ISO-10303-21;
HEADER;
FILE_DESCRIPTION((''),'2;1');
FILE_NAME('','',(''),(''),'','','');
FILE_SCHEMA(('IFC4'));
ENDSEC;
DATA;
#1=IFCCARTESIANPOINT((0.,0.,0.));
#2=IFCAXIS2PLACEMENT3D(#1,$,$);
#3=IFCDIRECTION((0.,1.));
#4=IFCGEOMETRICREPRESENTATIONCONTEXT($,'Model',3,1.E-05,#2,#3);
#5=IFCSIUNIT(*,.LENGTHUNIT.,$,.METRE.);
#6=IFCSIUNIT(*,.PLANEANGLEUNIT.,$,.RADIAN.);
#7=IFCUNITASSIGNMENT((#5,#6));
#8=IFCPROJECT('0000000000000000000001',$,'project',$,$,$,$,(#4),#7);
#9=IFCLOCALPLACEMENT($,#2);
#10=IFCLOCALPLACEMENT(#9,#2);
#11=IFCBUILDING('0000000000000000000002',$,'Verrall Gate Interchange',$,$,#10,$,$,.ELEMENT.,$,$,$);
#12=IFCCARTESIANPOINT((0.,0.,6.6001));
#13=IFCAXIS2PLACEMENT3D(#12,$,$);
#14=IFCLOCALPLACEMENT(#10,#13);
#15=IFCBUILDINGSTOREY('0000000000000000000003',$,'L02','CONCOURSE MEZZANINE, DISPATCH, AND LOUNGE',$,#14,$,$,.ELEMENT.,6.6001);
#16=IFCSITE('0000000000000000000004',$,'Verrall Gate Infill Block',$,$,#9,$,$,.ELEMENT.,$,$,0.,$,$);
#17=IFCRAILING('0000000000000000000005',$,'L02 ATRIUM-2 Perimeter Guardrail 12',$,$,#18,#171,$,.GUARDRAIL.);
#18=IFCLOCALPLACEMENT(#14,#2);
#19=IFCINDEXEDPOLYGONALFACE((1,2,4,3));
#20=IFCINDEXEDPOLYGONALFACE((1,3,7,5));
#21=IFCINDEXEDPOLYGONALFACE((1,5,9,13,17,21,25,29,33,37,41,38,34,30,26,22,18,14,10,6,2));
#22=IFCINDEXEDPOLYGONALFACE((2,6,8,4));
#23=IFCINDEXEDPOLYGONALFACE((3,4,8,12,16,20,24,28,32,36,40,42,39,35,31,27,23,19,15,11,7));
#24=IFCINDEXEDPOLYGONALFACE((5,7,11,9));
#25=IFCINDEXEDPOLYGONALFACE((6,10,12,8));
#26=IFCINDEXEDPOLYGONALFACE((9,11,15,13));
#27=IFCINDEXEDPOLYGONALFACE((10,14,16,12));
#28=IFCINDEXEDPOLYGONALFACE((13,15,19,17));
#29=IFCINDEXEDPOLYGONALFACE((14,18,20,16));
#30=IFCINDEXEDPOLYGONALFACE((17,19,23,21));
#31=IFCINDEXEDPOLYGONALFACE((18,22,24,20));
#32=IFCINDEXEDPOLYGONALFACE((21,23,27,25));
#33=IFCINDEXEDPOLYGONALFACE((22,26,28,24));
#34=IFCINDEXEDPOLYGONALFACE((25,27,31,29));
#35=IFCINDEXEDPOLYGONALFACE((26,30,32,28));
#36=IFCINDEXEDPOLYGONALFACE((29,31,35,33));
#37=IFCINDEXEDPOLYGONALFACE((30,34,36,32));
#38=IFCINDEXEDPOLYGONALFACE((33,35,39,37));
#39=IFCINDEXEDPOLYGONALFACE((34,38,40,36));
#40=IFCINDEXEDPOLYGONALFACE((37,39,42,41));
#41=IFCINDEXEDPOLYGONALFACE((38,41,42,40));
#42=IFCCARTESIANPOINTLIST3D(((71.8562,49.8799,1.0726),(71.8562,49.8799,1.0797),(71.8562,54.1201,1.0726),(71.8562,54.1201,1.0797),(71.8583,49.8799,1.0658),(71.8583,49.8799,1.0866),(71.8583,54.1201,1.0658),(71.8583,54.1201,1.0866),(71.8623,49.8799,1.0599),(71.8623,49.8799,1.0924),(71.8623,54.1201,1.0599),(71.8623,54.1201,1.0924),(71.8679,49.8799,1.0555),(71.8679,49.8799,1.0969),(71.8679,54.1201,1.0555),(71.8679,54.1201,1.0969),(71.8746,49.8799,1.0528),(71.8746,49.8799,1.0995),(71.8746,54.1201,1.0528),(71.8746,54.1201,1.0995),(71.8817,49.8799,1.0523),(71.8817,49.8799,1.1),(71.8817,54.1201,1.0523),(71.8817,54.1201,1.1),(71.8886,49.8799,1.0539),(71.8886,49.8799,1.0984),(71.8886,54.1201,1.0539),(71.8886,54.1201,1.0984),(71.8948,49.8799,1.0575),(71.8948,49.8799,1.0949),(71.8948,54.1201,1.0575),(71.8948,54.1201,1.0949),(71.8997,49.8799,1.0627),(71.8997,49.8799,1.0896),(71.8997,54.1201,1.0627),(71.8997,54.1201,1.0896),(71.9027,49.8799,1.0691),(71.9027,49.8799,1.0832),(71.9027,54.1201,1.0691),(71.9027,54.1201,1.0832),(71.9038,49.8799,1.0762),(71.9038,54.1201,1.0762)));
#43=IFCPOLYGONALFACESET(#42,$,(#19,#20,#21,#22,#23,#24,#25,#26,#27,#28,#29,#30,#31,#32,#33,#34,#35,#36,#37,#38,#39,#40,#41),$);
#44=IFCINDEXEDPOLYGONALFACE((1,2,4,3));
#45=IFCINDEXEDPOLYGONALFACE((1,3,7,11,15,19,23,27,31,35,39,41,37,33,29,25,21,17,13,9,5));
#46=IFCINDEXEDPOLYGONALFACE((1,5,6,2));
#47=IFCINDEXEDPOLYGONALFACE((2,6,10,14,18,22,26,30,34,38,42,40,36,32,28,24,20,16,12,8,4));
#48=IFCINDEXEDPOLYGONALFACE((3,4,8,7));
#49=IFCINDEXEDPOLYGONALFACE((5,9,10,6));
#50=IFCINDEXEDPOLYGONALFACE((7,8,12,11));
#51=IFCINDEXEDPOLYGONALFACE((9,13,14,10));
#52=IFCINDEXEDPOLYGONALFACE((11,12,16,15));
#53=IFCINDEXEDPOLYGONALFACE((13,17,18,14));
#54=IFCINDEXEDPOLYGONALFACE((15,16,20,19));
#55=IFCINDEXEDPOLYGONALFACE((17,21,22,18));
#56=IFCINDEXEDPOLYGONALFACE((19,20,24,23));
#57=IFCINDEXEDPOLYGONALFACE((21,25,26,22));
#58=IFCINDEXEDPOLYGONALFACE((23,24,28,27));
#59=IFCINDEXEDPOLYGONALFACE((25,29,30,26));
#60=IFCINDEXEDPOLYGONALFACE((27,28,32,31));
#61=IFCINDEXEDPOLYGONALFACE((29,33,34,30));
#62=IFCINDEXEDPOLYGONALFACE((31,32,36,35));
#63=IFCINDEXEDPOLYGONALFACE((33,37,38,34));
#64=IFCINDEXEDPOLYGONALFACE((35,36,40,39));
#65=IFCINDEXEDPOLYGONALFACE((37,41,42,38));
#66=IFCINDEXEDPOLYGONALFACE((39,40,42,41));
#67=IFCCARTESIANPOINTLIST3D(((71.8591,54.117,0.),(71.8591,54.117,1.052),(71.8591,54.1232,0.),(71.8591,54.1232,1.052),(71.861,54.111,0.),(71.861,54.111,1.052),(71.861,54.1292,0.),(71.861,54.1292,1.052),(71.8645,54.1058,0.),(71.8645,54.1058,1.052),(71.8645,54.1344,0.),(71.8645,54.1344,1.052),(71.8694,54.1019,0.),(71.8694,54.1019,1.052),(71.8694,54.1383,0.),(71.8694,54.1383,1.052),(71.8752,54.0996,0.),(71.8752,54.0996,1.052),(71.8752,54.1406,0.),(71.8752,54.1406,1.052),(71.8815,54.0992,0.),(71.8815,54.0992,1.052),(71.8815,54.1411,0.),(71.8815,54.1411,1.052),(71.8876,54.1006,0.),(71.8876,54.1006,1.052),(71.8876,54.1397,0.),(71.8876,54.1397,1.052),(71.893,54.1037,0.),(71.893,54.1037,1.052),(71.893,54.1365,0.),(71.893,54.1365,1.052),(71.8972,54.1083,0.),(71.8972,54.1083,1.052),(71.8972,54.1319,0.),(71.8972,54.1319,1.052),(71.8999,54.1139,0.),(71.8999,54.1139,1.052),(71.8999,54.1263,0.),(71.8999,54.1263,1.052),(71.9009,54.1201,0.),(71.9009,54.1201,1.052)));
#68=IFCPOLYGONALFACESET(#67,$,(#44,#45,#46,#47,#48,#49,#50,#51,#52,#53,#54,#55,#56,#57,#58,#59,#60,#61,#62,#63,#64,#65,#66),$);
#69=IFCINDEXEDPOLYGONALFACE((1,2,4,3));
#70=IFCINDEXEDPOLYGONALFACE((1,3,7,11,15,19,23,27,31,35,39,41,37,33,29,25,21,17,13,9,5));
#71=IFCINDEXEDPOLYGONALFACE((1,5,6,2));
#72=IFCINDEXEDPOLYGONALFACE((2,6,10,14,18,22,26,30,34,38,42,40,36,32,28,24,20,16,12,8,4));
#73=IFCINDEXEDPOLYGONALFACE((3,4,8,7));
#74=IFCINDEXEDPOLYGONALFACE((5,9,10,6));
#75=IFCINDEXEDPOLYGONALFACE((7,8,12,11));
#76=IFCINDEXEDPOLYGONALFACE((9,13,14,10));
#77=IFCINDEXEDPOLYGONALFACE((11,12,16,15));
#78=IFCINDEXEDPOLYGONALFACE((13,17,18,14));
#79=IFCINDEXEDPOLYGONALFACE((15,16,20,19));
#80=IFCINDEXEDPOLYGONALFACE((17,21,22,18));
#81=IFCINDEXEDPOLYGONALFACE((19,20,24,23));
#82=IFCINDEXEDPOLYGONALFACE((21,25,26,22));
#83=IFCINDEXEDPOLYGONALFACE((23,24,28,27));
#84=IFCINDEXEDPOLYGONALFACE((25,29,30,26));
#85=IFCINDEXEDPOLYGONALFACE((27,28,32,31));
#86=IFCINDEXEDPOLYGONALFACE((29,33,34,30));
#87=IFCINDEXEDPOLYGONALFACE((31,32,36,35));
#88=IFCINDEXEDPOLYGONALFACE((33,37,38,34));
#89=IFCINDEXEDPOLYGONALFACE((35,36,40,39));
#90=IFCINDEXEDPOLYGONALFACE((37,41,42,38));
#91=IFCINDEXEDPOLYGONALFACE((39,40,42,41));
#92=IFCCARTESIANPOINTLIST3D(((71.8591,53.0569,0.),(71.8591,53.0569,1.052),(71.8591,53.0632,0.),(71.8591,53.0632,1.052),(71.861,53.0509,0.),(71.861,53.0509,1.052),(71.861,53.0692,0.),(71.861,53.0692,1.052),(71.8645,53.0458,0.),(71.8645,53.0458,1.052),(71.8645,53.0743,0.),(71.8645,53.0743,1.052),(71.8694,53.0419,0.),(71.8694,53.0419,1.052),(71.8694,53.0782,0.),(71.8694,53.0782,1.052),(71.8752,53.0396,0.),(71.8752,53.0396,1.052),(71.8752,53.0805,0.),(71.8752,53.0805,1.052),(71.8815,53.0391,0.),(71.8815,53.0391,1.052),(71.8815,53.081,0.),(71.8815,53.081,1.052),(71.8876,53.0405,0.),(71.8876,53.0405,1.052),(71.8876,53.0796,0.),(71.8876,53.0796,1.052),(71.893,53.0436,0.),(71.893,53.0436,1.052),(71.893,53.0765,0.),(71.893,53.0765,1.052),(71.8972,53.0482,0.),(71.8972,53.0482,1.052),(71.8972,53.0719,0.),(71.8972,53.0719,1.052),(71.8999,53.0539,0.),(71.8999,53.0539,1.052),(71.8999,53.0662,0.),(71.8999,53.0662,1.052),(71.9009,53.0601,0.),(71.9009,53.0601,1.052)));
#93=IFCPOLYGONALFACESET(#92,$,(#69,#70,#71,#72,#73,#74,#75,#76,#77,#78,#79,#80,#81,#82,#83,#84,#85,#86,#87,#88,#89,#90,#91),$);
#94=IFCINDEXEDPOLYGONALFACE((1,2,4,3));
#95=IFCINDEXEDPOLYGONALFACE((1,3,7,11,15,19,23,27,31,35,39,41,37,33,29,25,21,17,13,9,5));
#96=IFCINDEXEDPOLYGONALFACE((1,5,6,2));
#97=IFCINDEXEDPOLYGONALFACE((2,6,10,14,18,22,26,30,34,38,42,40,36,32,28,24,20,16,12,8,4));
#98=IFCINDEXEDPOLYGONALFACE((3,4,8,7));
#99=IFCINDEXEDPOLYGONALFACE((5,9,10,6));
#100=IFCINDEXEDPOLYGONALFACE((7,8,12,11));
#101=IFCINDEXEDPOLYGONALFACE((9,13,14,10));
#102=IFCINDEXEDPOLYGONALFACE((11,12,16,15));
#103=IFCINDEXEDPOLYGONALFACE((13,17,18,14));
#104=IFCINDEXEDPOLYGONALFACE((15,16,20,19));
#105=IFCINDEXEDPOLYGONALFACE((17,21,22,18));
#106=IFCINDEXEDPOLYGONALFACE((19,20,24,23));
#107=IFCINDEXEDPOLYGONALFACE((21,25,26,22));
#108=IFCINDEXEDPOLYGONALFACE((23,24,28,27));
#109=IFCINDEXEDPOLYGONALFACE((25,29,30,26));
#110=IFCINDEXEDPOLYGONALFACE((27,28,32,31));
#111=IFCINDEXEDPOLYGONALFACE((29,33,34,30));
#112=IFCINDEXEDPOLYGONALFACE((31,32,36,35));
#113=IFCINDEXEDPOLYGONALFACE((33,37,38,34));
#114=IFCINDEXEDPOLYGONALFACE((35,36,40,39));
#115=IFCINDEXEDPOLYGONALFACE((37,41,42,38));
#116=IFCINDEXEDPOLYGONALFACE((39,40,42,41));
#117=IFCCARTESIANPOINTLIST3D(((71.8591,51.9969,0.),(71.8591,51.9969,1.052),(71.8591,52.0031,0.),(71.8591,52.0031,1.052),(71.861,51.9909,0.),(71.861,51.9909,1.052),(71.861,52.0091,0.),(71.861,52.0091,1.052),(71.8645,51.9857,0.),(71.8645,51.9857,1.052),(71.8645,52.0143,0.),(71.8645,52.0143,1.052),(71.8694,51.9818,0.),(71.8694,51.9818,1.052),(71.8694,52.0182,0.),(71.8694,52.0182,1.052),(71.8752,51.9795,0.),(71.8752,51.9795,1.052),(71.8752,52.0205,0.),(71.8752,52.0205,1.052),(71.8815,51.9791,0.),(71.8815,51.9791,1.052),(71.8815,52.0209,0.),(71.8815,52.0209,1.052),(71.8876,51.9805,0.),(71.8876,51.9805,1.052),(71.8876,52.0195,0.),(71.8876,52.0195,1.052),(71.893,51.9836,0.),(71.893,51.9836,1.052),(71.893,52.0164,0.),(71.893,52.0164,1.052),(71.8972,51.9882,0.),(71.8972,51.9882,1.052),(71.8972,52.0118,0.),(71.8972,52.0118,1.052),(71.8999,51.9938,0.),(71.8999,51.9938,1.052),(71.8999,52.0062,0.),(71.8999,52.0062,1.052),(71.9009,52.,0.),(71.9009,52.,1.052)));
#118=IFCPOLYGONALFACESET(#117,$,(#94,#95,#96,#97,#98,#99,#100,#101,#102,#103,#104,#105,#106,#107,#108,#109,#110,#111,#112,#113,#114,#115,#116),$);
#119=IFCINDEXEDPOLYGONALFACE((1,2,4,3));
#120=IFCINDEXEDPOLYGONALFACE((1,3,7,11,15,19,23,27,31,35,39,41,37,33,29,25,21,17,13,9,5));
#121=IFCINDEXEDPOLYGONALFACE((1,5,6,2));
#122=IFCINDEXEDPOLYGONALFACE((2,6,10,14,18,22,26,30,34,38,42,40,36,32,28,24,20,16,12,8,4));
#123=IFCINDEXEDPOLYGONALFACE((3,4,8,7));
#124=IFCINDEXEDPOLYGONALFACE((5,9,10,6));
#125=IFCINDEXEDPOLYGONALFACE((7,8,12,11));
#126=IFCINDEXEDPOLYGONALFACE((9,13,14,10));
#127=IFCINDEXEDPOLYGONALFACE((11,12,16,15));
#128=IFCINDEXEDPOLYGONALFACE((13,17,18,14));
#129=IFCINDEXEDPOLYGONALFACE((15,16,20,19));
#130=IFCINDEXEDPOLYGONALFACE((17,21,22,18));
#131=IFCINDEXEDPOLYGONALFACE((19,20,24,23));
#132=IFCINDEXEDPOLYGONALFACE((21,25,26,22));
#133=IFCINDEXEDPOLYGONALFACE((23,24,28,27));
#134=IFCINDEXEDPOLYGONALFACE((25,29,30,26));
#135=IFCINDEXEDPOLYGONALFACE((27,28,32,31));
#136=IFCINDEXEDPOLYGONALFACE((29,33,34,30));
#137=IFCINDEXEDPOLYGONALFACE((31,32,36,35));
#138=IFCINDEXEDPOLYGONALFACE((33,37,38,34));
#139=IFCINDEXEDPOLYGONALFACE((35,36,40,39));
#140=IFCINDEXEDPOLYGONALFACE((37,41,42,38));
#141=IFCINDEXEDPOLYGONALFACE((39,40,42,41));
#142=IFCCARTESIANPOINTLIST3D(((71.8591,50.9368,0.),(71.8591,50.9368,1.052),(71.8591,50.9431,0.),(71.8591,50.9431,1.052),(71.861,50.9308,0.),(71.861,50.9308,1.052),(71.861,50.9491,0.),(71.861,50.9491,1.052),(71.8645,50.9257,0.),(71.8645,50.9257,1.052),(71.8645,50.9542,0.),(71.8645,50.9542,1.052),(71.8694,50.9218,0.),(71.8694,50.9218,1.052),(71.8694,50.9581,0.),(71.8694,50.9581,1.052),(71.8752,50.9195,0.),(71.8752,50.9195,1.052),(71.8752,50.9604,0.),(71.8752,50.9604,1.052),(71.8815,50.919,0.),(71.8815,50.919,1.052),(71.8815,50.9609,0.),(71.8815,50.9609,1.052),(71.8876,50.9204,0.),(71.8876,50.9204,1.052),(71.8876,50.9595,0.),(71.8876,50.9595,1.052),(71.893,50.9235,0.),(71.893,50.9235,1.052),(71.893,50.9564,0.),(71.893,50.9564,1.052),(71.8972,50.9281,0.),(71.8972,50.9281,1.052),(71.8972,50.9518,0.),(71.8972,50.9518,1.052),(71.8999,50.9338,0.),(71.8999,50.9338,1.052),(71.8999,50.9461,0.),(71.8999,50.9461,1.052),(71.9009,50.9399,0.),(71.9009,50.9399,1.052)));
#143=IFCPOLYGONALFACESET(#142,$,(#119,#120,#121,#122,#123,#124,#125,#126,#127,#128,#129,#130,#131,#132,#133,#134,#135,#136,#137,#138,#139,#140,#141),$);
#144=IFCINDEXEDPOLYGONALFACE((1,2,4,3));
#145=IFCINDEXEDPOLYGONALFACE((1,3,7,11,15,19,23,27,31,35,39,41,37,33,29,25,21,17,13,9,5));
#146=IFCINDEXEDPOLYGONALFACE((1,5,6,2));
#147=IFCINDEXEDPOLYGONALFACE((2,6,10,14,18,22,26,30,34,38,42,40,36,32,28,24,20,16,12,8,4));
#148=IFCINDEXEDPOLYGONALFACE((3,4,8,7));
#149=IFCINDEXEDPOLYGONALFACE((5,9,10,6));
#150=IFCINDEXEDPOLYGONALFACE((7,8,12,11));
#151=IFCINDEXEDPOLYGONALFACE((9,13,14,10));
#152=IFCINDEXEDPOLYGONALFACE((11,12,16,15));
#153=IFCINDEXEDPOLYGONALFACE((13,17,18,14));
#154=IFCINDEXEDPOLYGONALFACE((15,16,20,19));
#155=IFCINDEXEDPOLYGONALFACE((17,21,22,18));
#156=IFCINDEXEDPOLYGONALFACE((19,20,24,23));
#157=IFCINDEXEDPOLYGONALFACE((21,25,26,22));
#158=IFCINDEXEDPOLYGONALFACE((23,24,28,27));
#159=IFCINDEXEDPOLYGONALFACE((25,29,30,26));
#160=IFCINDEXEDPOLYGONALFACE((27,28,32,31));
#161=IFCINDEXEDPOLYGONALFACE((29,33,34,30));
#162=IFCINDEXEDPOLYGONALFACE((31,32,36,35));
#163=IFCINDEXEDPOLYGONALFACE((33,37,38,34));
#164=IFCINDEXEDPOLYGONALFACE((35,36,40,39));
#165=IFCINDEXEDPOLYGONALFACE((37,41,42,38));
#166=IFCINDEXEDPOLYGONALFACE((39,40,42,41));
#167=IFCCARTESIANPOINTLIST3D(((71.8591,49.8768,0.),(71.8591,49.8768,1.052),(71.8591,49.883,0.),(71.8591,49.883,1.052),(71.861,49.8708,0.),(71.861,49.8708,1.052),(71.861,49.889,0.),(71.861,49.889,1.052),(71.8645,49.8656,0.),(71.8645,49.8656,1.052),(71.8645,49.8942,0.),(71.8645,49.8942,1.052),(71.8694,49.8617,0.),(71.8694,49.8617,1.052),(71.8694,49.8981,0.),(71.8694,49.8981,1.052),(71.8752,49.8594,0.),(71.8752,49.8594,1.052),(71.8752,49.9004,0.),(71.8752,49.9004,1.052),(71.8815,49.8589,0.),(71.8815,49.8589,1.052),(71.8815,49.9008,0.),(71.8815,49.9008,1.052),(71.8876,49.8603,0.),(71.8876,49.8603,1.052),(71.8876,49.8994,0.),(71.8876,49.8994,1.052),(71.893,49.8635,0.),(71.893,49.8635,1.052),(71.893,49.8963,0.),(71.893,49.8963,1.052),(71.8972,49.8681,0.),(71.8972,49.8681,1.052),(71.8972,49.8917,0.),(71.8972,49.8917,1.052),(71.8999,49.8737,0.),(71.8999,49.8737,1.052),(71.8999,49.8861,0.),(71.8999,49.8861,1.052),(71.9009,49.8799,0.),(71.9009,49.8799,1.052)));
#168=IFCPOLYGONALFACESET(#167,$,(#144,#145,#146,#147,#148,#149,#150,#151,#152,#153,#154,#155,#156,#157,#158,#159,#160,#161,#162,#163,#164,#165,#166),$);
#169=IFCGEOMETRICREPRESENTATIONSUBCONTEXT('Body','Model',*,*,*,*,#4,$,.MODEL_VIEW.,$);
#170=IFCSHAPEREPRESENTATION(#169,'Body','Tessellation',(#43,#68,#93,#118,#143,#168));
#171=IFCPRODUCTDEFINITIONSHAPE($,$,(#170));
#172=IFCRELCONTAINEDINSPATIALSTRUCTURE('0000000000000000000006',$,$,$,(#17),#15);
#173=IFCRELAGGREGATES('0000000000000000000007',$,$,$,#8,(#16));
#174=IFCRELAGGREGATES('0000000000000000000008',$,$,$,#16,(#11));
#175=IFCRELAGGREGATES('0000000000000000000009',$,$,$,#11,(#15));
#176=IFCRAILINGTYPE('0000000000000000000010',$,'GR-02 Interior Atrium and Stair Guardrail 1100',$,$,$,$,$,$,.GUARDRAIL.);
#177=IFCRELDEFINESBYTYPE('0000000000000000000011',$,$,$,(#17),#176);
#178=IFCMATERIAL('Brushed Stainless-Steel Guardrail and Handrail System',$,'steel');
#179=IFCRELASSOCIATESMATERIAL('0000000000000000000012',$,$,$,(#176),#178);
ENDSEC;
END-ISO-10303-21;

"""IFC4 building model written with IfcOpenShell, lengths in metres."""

from ifc_helpers import new_model, si_unit, direction, frame, origin, origin_2d, place, context, subcontext, project, spatial, circle, extrude, material, type_object, element, save


model = new_model("IFC4")

# Units and contexts
model_context = context("Model", 3, precision=1e-05, world=origin(), true_north=direction((0.0, 1.0)))
body_context = subcontext(model_context, "Body", "Model", "MODEL_VIEW")
ifc_project = project(units=[si_unit("LENGTHUNIT", "METRE"), si_unit("PLANEANGLEUNIT", "RADIAN")], contexts=[model_context])

# Site, building, storey
site_placement = place(None, origin())
site = spatial("IfcSite", under=ifc_project, at=site_placement, Name="Verrall Gate Infill Block", CompositionType="ELEMENT", RefElevation=0.0)
building_placement = place(site_placement, origin())
building = spatial("IfcBuilding", under=site, at=building_placement, Name="Verrall Gate Interchange", CompositionType="ELEMENT")
storey_placement = place(building_placement, frame((0.0, 0.0, 6.6001)))
storey = spatial("IfcBuildingStorey", under=building, at=storey_placement, Name="L02", Description="CONCOURSE MEZZANINE, DISPATCH, AND LOUNGE", CompositionType="ELEMENT", Elevation=6.6001)

# Railing
ifc_material_1 = material(Name="Brushed Stainless-Steel Guardrail and Handrail System", Category="steel")
railing_type = type_object("IfcRailingType", Name="GR-02 Interior Atrium and Stair Guardrail 1100", PredefinedType="GUARDRAIL", material=ifc_material_1)
railing_1_placement = place(storey_placement, frame((71.8799, 54.1201, 0.0)))
element("IfcRailing", 1, at=railing_1_placement, inside=storey, type_object=railing_type, Name="L02 ATRIUM-2 Perimeter Guardrail 12", PredefinedType="GUARDRAIL", context=body_context, shape_type="SweptSolid", body=[
    extrude(circle(Radius=0.0239, at=origin_2d()), frame((0.0, 0.0, 1.0762), z_axis=(0.0, -1.0, 0.0), x_axis=(1.0, 0.0, 0.0)), (0.0, 0.0, 1.0), 4.2402),
    extrude(circle(Radius=0.021, at=origin_2d()), origin(), (0.0, 0.0, 1.0), 1.052),
    extrude(circle(Radius=0.021, at=origin_2d()), frame((0.0, -1.0601, 0.0)), (0.0, 0.0, 1.0), 1.052),
    extrude(circle(Radius=0.021, at=origin_2d()), frame((0.0, -2.1201, 0.0)), (0.0, 0.0, 1.0), 1.052),
    extrude(circle(Radius=0.021, at=origin_2d()), frame((0.0, -3.1802, 0.0)), (0.0, 0.0, 1.0), 1.052),
    extrude(circle(Radius=0.021, at=origin_2d()), frame((0.0, -4.2402, 0.0)), (0.0, 0.0, 1.0), 1.052),
])

save(model, "model.ifc")
